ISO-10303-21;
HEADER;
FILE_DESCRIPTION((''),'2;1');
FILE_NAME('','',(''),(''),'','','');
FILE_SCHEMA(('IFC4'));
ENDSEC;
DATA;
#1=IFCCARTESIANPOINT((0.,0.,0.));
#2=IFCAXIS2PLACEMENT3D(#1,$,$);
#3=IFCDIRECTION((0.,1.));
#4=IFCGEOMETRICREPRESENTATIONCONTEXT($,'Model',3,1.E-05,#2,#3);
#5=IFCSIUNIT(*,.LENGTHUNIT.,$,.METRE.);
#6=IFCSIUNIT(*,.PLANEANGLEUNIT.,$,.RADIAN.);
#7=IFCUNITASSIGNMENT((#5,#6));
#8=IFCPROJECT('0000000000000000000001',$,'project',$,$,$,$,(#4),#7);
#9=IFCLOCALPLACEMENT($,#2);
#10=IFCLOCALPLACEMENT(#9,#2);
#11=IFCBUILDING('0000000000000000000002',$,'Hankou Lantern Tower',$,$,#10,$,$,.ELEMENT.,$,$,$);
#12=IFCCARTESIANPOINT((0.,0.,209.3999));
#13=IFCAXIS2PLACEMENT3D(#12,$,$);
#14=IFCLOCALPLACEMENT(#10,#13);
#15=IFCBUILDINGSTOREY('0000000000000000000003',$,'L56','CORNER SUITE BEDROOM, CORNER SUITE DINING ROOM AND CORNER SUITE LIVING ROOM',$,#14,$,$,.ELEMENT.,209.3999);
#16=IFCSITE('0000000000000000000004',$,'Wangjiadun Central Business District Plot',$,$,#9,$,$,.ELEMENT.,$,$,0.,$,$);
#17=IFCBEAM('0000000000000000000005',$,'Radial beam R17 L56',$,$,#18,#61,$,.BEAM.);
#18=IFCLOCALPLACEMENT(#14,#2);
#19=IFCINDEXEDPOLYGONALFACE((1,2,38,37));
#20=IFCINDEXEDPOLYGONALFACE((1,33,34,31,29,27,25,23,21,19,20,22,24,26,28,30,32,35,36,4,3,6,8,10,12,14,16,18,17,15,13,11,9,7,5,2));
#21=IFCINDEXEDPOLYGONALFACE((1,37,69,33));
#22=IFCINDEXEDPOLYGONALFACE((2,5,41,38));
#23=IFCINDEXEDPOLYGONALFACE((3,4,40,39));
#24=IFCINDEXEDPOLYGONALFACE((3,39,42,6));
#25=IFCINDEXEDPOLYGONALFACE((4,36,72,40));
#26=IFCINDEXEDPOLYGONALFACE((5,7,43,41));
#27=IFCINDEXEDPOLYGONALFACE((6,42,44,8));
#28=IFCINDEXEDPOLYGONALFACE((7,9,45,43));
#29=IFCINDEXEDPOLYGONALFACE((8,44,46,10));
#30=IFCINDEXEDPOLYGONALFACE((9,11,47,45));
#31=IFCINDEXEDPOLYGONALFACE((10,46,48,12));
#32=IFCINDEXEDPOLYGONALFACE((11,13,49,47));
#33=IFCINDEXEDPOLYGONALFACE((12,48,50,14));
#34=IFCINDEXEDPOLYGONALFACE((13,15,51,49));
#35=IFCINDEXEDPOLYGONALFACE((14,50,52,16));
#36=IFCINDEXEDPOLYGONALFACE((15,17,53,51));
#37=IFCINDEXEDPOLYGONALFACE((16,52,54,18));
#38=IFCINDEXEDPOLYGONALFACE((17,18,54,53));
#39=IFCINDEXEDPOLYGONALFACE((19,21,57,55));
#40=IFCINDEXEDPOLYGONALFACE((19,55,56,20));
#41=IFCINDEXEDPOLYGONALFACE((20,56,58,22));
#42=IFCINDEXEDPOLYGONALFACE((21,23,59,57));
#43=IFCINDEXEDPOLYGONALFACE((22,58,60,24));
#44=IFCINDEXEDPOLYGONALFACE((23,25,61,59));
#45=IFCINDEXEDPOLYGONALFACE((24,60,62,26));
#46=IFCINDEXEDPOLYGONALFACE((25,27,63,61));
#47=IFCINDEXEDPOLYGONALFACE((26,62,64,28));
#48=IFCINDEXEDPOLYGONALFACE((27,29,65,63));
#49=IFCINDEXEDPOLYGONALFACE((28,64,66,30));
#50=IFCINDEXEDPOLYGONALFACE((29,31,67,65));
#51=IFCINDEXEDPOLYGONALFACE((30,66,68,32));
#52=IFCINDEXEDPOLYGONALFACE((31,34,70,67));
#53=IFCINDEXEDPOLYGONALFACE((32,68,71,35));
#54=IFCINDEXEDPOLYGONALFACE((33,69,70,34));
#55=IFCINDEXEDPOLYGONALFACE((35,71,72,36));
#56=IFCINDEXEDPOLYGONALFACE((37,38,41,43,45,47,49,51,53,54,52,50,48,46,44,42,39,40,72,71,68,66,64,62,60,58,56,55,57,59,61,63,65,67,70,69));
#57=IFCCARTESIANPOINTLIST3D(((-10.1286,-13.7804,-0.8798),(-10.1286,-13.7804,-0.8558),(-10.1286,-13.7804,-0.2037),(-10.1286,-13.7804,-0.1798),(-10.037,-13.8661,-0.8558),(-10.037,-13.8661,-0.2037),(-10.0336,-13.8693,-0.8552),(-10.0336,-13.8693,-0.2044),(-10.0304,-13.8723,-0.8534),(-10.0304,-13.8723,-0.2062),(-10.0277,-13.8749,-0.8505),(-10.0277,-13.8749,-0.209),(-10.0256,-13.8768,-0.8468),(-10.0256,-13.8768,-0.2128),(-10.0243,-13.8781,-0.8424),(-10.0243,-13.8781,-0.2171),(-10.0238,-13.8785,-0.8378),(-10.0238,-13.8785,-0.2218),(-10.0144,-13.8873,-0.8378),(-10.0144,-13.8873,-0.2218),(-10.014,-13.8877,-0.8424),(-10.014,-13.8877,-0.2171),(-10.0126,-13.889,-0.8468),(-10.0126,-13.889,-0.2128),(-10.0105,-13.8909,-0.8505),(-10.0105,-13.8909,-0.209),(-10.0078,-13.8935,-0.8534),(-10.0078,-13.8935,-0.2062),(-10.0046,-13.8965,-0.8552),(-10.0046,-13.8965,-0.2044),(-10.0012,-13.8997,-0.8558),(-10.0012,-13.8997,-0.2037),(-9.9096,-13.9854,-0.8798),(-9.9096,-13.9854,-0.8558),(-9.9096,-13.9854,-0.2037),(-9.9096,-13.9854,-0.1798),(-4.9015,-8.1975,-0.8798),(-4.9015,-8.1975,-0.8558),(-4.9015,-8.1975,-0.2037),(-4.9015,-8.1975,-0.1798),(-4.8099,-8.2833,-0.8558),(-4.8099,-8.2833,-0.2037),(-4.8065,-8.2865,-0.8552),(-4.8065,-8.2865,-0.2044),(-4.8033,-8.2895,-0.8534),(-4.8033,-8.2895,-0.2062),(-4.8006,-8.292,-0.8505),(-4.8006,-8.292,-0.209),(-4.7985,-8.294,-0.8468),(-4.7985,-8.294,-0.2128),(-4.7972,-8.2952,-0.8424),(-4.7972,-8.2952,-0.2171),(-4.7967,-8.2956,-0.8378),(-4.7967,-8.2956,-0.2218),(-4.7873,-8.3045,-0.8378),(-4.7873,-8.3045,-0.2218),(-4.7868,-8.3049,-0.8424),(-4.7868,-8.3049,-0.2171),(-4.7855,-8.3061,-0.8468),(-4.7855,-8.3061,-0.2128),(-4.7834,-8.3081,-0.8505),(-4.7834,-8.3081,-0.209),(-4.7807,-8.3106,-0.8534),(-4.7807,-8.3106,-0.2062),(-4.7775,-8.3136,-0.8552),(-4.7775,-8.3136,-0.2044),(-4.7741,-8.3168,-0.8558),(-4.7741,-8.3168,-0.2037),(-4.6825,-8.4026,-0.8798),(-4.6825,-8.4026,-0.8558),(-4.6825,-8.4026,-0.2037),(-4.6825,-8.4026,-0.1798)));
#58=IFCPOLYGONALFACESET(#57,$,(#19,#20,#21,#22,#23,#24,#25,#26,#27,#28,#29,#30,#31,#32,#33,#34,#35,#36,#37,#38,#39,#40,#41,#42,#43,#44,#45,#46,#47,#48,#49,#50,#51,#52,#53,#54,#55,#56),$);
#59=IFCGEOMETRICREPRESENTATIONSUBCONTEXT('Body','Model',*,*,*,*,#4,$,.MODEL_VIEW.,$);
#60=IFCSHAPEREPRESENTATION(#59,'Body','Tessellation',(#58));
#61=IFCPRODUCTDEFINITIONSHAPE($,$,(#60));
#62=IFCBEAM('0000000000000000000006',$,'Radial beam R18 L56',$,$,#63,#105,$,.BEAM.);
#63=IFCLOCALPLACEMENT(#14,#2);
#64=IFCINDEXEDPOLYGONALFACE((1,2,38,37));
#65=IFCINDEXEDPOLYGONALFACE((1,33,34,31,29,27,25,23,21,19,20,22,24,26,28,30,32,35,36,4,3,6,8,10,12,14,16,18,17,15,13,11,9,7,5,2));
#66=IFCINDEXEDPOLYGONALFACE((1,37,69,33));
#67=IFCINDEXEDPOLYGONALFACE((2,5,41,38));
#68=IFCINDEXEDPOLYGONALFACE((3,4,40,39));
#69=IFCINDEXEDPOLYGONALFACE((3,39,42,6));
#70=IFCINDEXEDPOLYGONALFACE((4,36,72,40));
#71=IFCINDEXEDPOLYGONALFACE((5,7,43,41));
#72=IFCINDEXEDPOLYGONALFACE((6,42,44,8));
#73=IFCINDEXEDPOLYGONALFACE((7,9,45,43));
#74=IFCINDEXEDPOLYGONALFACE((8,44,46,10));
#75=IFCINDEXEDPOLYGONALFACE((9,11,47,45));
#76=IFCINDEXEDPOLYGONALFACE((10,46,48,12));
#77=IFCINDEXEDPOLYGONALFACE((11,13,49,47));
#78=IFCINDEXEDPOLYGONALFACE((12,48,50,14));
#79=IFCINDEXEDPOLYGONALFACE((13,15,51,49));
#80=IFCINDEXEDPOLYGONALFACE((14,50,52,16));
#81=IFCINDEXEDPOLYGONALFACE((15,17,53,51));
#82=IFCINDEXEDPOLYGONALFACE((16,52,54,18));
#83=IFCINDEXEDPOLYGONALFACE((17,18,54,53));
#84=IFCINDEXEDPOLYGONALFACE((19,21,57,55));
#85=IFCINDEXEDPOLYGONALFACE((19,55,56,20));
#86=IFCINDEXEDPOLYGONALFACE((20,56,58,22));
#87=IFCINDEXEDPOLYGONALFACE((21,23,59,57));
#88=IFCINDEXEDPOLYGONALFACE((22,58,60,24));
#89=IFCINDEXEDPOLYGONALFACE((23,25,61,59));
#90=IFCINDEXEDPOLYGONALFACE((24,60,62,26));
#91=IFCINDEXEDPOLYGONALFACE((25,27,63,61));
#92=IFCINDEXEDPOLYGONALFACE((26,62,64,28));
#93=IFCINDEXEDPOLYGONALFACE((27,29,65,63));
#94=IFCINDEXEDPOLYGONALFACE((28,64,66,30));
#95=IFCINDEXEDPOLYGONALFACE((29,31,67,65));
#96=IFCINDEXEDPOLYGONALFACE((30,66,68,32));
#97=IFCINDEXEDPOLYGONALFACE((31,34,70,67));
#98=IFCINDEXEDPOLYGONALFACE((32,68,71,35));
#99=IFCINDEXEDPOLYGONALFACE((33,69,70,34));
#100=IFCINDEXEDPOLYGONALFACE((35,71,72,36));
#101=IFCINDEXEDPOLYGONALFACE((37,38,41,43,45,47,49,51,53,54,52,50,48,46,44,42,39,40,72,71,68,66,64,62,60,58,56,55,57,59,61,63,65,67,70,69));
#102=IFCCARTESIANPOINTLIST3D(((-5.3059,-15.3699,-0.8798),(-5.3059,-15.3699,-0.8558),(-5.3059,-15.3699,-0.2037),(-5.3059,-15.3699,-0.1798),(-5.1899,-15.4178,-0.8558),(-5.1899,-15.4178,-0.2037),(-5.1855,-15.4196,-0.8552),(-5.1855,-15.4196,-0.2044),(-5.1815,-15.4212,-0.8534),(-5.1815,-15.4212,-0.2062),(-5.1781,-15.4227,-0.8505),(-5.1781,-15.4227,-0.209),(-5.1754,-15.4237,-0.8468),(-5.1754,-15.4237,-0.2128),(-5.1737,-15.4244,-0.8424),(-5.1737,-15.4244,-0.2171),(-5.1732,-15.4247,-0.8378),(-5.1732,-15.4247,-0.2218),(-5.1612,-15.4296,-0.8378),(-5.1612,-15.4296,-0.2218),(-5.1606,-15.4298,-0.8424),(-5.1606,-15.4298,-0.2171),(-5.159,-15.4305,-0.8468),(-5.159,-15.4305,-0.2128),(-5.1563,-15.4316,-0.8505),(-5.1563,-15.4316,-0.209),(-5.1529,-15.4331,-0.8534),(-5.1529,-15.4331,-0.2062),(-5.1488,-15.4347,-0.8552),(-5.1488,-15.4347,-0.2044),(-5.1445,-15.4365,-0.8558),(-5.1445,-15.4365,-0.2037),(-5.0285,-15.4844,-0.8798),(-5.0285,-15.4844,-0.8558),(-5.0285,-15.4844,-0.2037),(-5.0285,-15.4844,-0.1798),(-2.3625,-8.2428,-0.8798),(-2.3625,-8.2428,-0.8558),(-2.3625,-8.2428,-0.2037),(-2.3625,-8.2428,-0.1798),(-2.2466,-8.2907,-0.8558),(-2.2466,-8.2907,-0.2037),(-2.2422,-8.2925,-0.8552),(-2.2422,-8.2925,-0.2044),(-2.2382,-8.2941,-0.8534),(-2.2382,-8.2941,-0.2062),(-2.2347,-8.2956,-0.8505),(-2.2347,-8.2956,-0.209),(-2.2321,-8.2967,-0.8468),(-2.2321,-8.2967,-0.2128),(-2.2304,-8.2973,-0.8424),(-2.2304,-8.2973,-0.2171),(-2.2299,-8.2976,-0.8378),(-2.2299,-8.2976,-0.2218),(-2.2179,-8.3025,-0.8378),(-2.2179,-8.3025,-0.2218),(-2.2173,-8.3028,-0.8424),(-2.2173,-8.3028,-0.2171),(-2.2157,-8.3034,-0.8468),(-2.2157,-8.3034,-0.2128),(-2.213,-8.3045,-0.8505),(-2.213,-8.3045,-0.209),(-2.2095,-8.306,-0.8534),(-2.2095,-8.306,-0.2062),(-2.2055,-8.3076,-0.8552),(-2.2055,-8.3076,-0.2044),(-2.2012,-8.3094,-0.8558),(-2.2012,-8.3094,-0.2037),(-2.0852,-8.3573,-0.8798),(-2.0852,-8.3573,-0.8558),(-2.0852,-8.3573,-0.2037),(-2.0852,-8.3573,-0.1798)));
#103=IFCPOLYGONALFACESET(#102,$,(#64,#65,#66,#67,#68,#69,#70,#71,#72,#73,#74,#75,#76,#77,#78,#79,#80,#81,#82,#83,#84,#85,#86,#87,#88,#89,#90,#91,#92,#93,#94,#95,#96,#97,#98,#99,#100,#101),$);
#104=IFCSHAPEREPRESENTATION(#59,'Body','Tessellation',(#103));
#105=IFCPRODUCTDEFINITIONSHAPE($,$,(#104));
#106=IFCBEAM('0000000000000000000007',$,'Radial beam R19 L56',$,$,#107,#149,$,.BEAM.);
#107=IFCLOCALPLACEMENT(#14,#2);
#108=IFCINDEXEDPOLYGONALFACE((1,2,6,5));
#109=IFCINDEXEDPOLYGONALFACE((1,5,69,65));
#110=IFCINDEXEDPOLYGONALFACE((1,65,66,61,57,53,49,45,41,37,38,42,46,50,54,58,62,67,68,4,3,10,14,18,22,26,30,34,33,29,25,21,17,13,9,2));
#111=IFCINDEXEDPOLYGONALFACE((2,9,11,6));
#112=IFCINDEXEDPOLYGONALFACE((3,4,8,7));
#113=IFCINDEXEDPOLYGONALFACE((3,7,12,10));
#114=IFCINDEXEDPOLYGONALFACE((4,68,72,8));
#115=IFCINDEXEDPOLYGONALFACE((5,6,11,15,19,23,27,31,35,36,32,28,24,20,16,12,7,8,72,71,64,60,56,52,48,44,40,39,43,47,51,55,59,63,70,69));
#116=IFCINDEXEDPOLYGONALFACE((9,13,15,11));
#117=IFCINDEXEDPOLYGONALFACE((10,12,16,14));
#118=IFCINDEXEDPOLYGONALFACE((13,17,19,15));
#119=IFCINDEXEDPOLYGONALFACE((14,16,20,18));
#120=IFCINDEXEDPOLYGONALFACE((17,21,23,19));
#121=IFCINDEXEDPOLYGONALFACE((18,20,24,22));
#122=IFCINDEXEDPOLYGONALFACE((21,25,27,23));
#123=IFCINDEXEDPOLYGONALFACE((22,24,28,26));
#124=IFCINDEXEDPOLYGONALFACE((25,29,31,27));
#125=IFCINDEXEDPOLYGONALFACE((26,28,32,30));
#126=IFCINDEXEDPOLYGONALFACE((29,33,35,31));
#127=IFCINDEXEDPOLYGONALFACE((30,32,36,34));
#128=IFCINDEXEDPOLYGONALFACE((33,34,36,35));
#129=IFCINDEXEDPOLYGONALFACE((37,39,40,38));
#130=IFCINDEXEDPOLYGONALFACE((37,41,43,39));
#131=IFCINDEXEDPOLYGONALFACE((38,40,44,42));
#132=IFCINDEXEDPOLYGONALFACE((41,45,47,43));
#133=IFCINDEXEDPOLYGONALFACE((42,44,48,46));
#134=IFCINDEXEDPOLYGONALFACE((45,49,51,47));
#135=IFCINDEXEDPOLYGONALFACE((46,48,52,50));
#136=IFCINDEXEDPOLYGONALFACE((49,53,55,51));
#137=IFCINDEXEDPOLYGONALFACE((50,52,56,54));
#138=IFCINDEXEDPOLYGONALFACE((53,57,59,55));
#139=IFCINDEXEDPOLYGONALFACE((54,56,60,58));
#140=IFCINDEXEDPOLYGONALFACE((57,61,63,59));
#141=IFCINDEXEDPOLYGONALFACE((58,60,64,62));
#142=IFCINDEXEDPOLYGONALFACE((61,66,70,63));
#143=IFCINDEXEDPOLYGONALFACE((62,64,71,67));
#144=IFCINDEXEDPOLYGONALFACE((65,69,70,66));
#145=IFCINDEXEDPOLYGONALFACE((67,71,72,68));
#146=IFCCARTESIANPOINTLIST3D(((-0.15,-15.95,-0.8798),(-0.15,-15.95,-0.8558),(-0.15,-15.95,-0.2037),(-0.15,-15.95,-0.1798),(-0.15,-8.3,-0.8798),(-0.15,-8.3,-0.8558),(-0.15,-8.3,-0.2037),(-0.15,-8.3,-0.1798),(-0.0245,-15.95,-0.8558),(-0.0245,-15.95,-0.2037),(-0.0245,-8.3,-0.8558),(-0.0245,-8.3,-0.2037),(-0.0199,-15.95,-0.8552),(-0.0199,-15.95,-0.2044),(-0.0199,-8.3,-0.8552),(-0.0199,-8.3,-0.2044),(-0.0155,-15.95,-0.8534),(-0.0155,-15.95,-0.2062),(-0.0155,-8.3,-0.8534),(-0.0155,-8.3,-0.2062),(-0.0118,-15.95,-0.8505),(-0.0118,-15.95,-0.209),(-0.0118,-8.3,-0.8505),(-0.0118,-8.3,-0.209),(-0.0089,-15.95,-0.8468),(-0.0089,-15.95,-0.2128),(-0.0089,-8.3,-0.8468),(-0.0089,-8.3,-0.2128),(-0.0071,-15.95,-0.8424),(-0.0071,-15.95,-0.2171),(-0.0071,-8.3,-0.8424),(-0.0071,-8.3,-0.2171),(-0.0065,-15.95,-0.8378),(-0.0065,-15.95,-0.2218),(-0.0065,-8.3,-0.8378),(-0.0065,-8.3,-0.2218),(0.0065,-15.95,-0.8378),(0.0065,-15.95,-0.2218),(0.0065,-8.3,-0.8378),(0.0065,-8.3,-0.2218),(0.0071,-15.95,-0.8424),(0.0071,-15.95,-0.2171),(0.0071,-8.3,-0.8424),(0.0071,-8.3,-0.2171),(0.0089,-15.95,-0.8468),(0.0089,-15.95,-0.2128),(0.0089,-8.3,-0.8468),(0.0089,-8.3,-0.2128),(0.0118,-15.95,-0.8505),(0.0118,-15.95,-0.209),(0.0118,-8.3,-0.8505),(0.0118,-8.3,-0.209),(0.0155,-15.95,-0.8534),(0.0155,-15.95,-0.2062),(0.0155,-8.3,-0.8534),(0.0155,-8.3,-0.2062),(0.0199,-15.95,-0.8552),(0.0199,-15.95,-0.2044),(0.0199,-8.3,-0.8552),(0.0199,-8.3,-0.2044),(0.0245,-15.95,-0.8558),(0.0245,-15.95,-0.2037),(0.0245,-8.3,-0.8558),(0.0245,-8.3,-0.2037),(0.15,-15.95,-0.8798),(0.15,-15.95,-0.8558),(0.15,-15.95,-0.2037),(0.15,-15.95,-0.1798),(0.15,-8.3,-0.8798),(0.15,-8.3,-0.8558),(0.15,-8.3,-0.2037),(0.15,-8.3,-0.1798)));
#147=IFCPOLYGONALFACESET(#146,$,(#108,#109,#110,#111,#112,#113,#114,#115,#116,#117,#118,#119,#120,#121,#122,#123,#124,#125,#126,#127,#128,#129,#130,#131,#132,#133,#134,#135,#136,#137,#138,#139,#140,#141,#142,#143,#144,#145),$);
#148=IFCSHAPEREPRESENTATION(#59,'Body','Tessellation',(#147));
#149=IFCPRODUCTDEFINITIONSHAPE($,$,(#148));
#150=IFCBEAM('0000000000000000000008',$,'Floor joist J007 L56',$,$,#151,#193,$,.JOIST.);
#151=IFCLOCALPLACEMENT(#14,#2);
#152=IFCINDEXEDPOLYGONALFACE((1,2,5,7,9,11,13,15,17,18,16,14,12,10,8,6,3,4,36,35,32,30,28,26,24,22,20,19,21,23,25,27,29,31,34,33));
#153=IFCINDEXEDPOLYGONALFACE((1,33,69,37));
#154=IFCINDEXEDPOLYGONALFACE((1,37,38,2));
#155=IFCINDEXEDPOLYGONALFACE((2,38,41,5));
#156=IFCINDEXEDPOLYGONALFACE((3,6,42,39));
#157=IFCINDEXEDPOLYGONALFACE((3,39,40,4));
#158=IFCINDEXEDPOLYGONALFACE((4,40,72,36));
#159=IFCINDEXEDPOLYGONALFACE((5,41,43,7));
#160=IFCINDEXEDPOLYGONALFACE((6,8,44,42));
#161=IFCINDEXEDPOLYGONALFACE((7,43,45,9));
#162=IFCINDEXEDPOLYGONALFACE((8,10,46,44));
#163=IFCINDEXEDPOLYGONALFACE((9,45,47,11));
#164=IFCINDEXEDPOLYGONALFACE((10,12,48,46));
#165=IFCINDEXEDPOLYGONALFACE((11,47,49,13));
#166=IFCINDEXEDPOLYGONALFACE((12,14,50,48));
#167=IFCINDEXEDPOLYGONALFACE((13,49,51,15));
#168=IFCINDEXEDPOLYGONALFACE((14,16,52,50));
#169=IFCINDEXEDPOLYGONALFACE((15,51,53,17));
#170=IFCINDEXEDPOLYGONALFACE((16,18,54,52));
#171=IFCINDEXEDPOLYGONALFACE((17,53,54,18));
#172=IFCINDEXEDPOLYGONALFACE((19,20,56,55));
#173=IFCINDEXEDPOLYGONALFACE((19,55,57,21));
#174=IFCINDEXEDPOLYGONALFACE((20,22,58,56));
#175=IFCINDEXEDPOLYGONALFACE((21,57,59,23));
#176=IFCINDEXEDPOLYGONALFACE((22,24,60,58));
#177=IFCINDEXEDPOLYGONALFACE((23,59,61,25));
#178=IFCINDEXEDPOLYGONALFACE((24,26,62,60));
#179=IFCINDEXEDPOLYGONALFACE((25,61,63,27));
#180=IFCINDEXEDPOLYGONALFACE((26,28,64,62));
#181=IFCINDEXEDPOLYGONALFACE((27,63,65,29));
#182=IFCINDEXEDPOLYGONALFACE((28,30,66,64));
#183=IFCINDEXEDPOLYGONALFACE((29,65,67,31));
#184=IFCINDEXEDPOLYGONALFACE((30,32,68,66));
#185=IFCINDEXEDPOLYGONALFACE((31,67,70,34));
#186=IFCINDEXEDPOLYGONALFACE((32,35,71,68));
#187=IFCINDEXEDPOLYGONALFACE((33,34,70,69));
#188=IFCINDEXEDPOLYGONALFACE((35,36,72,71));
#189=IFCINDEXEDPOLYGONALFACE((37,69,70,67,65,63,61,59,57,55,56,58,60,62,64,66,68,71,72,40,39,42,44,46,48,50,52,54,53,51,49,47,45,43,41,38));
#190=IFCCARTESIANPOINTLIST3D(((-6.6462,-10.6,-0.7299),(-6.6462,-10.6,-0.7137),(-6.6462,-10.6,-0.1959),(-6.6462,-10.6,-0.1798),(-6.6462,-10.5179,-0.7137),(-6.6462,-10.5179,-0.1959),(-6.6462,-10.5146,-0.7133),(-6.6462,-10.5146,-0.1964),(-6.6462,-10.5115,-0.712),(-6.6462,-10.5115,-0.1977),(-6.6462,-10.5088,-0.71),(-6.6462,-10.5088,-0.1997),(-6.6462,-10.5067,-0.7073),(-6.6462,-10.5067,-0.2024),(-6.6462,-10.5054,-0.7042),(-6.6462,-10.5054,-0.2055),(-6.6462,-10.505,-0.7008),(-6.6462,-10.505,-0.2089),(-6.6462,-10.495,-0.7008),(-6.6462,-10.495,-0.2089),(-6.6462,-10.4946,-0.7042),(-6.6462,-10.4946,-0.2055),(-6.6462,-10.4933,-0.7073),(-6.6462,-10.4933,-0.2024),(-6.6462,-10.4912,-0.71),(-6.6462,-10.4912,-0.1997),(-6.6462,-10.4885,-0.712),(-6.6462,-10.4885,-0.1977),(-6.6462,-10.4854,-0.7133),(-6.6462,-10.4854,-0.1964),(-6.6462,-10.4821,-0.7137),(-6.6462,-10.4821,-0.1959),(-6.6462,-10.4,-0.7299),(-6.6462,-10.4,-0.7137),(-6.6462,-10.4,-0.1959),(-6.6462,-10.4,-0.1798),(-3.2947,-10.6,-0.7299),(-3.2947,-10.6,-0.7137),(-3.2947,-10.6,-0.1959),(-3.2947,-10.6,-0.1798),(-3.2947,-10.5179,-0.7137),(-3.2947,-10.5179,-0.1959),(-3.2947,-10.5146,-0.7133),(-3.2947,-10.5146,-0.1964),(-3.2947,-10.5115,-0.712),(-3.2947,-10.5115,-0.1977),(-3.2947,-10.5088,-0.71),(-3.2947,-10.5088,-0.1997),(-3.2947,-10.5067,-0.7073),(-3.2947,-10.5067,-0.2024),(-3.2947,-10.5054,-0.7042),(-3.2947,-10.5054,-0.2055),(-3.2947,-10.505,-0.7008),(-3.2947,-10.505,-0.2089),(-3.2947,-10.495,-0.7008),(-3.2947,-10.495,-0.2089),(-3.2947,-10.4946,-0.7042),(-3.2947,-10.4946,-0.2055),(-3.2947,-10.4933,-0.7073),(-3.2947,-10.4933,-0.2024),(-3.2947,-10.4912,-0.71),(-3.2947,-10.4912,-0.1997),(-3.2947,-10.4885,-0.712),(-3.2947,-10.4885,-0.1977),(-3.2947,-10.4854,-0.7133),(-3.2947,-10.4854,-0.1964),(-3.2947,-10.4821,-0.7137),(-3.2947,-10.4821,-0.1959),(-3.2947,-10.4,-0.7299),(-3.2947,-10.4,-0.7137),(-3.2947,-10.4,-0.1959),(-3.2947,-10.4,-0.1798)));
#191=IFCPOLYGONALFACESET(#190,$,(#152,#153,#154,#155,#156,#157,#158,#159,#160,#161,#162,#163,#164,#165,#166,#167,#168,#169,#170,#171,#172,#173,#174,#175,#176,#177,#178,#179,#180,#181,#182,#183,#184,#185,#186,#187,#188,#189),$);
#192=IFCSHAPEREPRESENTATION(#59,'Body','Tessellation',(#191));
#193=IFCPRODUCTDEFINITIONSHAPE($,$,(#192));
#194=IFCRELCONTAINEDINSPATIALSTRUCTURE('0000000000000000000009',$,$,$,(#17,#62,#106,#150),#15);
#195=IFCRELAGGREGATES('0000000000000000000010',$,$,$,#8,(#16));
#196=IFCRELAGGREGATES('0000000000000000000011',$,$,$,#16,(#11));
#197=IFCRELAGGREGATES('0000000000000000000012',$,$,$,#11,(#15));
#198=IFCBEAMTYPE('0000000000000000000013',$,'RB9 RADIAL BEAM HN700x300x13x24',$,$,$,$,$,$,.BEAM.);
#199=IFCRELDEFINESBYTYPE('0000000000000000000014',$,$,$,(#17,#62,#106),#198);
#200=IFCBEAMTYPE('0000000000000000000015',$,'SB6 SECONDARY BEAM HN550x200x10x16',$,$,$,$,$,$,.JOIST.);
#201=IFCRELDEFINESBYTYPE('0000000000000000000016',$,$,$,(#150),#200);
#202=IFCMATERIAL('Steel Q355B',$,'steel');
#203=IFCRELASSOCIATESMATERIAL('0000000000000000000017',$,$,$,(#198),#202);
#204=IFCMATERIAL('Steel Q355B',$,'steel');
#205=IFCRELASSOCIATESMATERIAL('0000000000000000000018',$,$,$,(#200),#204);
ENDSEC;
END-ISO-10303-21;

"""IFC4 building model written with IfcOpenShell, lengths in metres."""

from ifc_helpers import new_model, si_unit, direction, frame, origin, origin_2d, place, context, subcontext, project, spatial, i_section, extrude, material, material_profile, profile_set, type_object, element, save


model = new_model("IFC4")

# Units and contexts
model_context = context("Model", 3, precision=1e-05, world=origin(), true_north=direction((0.0, 1.0)))
body_context = subcontext(model_context, "Body", "Model", "MODEL_VIEW")
ifc_project = project(units=[si_unit("LENGTHUNIT", "METRE"), si_unit("PLANEANGLEUNIT", "RADIAN")], contexts=[model_context])

# Site, building, storey
site_placement = place(None, origin())
site = spatial("IfcSite", under=ifc_project, at=site_placement, Name="Wangjiadun Central Business District Plot", CompositionType="ELEMENT", RefElevation=0.0)
building_placement = place(site_placement, origin())
building = spatial("IfcBuilding", under=site, at=building_placement, Name="Hankou Lantern Tower", CompositionType="ELEMENT")
storey_placement = place(building_placement, frame((0.0, 0.0, 209.3999)))
storey = spatial("IfcBuildingStorey", under=building, at=storey_placement, Name="L56", Description="CORNER SUITE BEDROOM, CORNER SUITE DINING ROOM AND CORNER SUITE LIVING ROOM", CompositionType="ELEMENT", Elevation=209.3999)

# Beams
ifc_material_1 = material(Name="Steel Q355B", Category="steel")
ifc_material_profile_1 = material_profile(ifc_material_1, i_section(OverallWidth=0.3, OverallDepth=0.7, WebThickness=0.0129, FlangeThickness=0.0239, FilletRadius=0.0181, at=origin_2d()), Name="HN700x300x13x24")
ifc_profile_set_1 = profile_set([ifc_material_profile_1], Name="Steel Q355B")
beam_type_1 = type_object("IfcBeamType", Name="RB9 RADIAL BEAM HN700x300x13x24", PredefinedType="BEAM", material=ifc_profile_set_1)
beam_1_placement = place(storey_placement, frame((-4.792, -8.3, -0.5298), z_axis=(-0.683468, -0.72998, 0.0), x_axis=(0.72998, -0.683468, 0.0)))
element("IfcBeam", 1, at=beam_1_placement, inside=storey, type_object=beam_type_1, Name="Radial beam R17 L56", PredefinedType="BEAM", context=body_context, shape_type="SweptSolid", body=[
    extrude(i_section(OverallWidth=0.3, OverallDepth=0.7, WebThickness=0.0129, FlangeThickness=0.0239, FilletRadius=0.0181, at=origin_2d()), origin(), (0.0, 0.0, 1.0), 7.6479),
])
beam_2_placement = place(storey_placement, frame((-2.2239, -8.3, -0.5298), z_axis=(-0.381707, -0.924284, 0.0), x_axis=(0.924284, -0.381707, 0.0)))
element("IfcBeam", 2, at=beam_2_placement, inside=storey, type_object=beam_type_1, Name="Radial beam R18 L56", PredefinedType="BEAM", context=body_context, shape_type="SweptSolid", body=[
    extrude(i_section(OverallWidth=0.3, OverallDepth=0.7, WebThickness=0.0129, FlangeThickness=0.0239, FilletRadius=0.0181, at=origin_2d()), origin(), (0.0, 0.0, 1.0), 7.7109),
])
beam_3_placement = place(storey_placement, frame((0.0, -8.3, -0.5298), z_axis=(0.0, -1.0, 0.0), x_axis=(1.0, 0.0, 0.0)))
element("IfcBeam", 3, at=beam_3_placement, inside=storey, type_object=beam_type_1, Name="Radial beam R19 L56", PredefinedType="BEAM", context=body_context, shape_type="SweptSolid", body=[
    extrude(i_section(OverallWidth=0.3, OverallDepth=0.7, WebThickness=0.0129, FlangeThickness=0.0239, FilletRadius=0.0181, at=origin_2d()), origin(), (0.0, 0.0, 1.0), 7.6499),
])
ifc_material_2 = material(Name="Steel Q355B", Category="steel")
ifc_material_profile_2 = material_profile(ifc_material_2, i_section(OverallWidth=0.2, OverallDepth=0.55, WebThickness=0.01, FlangeThickness=0.0161, FilletRadius=0.0129, at=origin_2d()), Name="HN550x200x10x16")
ifc_profile_set_2 = profile_set([ifc_material_profile_2], Name="Steel Q355B")
beam_type_2 = type_object("IfcBeamType", Name="SB6 SECONDARY BEAM HN550x200x10x16", PredefinedType="JOIST", material=ifc_profile_set_2)
beam_4_placement = place(storey_placement, frame((-6.6462, -10.5, -0.4548), z_axis=(1.0, 0.0, 0.0), x_axis=(0.0, 1.0, 0.0)))
element("IfcBeam", 4, at=beam_4_placement, inside=storey, type_object=beam_type_2, Name="Floor joist J007 L56", PredefinedType="JOIST", context=body_context, shape_type="SweptSolid", body=[
    extrude(i_section(OverallWidth=0.2, OverallDepth=0.55, WebThickness=0.01, FlangeThickness=0.0161, FilletRadius=0.0129, at=origin_2d()), origin(), (0.0, 0.0, 1.0), 3.3516),
])

save(model, "model.ifc")
